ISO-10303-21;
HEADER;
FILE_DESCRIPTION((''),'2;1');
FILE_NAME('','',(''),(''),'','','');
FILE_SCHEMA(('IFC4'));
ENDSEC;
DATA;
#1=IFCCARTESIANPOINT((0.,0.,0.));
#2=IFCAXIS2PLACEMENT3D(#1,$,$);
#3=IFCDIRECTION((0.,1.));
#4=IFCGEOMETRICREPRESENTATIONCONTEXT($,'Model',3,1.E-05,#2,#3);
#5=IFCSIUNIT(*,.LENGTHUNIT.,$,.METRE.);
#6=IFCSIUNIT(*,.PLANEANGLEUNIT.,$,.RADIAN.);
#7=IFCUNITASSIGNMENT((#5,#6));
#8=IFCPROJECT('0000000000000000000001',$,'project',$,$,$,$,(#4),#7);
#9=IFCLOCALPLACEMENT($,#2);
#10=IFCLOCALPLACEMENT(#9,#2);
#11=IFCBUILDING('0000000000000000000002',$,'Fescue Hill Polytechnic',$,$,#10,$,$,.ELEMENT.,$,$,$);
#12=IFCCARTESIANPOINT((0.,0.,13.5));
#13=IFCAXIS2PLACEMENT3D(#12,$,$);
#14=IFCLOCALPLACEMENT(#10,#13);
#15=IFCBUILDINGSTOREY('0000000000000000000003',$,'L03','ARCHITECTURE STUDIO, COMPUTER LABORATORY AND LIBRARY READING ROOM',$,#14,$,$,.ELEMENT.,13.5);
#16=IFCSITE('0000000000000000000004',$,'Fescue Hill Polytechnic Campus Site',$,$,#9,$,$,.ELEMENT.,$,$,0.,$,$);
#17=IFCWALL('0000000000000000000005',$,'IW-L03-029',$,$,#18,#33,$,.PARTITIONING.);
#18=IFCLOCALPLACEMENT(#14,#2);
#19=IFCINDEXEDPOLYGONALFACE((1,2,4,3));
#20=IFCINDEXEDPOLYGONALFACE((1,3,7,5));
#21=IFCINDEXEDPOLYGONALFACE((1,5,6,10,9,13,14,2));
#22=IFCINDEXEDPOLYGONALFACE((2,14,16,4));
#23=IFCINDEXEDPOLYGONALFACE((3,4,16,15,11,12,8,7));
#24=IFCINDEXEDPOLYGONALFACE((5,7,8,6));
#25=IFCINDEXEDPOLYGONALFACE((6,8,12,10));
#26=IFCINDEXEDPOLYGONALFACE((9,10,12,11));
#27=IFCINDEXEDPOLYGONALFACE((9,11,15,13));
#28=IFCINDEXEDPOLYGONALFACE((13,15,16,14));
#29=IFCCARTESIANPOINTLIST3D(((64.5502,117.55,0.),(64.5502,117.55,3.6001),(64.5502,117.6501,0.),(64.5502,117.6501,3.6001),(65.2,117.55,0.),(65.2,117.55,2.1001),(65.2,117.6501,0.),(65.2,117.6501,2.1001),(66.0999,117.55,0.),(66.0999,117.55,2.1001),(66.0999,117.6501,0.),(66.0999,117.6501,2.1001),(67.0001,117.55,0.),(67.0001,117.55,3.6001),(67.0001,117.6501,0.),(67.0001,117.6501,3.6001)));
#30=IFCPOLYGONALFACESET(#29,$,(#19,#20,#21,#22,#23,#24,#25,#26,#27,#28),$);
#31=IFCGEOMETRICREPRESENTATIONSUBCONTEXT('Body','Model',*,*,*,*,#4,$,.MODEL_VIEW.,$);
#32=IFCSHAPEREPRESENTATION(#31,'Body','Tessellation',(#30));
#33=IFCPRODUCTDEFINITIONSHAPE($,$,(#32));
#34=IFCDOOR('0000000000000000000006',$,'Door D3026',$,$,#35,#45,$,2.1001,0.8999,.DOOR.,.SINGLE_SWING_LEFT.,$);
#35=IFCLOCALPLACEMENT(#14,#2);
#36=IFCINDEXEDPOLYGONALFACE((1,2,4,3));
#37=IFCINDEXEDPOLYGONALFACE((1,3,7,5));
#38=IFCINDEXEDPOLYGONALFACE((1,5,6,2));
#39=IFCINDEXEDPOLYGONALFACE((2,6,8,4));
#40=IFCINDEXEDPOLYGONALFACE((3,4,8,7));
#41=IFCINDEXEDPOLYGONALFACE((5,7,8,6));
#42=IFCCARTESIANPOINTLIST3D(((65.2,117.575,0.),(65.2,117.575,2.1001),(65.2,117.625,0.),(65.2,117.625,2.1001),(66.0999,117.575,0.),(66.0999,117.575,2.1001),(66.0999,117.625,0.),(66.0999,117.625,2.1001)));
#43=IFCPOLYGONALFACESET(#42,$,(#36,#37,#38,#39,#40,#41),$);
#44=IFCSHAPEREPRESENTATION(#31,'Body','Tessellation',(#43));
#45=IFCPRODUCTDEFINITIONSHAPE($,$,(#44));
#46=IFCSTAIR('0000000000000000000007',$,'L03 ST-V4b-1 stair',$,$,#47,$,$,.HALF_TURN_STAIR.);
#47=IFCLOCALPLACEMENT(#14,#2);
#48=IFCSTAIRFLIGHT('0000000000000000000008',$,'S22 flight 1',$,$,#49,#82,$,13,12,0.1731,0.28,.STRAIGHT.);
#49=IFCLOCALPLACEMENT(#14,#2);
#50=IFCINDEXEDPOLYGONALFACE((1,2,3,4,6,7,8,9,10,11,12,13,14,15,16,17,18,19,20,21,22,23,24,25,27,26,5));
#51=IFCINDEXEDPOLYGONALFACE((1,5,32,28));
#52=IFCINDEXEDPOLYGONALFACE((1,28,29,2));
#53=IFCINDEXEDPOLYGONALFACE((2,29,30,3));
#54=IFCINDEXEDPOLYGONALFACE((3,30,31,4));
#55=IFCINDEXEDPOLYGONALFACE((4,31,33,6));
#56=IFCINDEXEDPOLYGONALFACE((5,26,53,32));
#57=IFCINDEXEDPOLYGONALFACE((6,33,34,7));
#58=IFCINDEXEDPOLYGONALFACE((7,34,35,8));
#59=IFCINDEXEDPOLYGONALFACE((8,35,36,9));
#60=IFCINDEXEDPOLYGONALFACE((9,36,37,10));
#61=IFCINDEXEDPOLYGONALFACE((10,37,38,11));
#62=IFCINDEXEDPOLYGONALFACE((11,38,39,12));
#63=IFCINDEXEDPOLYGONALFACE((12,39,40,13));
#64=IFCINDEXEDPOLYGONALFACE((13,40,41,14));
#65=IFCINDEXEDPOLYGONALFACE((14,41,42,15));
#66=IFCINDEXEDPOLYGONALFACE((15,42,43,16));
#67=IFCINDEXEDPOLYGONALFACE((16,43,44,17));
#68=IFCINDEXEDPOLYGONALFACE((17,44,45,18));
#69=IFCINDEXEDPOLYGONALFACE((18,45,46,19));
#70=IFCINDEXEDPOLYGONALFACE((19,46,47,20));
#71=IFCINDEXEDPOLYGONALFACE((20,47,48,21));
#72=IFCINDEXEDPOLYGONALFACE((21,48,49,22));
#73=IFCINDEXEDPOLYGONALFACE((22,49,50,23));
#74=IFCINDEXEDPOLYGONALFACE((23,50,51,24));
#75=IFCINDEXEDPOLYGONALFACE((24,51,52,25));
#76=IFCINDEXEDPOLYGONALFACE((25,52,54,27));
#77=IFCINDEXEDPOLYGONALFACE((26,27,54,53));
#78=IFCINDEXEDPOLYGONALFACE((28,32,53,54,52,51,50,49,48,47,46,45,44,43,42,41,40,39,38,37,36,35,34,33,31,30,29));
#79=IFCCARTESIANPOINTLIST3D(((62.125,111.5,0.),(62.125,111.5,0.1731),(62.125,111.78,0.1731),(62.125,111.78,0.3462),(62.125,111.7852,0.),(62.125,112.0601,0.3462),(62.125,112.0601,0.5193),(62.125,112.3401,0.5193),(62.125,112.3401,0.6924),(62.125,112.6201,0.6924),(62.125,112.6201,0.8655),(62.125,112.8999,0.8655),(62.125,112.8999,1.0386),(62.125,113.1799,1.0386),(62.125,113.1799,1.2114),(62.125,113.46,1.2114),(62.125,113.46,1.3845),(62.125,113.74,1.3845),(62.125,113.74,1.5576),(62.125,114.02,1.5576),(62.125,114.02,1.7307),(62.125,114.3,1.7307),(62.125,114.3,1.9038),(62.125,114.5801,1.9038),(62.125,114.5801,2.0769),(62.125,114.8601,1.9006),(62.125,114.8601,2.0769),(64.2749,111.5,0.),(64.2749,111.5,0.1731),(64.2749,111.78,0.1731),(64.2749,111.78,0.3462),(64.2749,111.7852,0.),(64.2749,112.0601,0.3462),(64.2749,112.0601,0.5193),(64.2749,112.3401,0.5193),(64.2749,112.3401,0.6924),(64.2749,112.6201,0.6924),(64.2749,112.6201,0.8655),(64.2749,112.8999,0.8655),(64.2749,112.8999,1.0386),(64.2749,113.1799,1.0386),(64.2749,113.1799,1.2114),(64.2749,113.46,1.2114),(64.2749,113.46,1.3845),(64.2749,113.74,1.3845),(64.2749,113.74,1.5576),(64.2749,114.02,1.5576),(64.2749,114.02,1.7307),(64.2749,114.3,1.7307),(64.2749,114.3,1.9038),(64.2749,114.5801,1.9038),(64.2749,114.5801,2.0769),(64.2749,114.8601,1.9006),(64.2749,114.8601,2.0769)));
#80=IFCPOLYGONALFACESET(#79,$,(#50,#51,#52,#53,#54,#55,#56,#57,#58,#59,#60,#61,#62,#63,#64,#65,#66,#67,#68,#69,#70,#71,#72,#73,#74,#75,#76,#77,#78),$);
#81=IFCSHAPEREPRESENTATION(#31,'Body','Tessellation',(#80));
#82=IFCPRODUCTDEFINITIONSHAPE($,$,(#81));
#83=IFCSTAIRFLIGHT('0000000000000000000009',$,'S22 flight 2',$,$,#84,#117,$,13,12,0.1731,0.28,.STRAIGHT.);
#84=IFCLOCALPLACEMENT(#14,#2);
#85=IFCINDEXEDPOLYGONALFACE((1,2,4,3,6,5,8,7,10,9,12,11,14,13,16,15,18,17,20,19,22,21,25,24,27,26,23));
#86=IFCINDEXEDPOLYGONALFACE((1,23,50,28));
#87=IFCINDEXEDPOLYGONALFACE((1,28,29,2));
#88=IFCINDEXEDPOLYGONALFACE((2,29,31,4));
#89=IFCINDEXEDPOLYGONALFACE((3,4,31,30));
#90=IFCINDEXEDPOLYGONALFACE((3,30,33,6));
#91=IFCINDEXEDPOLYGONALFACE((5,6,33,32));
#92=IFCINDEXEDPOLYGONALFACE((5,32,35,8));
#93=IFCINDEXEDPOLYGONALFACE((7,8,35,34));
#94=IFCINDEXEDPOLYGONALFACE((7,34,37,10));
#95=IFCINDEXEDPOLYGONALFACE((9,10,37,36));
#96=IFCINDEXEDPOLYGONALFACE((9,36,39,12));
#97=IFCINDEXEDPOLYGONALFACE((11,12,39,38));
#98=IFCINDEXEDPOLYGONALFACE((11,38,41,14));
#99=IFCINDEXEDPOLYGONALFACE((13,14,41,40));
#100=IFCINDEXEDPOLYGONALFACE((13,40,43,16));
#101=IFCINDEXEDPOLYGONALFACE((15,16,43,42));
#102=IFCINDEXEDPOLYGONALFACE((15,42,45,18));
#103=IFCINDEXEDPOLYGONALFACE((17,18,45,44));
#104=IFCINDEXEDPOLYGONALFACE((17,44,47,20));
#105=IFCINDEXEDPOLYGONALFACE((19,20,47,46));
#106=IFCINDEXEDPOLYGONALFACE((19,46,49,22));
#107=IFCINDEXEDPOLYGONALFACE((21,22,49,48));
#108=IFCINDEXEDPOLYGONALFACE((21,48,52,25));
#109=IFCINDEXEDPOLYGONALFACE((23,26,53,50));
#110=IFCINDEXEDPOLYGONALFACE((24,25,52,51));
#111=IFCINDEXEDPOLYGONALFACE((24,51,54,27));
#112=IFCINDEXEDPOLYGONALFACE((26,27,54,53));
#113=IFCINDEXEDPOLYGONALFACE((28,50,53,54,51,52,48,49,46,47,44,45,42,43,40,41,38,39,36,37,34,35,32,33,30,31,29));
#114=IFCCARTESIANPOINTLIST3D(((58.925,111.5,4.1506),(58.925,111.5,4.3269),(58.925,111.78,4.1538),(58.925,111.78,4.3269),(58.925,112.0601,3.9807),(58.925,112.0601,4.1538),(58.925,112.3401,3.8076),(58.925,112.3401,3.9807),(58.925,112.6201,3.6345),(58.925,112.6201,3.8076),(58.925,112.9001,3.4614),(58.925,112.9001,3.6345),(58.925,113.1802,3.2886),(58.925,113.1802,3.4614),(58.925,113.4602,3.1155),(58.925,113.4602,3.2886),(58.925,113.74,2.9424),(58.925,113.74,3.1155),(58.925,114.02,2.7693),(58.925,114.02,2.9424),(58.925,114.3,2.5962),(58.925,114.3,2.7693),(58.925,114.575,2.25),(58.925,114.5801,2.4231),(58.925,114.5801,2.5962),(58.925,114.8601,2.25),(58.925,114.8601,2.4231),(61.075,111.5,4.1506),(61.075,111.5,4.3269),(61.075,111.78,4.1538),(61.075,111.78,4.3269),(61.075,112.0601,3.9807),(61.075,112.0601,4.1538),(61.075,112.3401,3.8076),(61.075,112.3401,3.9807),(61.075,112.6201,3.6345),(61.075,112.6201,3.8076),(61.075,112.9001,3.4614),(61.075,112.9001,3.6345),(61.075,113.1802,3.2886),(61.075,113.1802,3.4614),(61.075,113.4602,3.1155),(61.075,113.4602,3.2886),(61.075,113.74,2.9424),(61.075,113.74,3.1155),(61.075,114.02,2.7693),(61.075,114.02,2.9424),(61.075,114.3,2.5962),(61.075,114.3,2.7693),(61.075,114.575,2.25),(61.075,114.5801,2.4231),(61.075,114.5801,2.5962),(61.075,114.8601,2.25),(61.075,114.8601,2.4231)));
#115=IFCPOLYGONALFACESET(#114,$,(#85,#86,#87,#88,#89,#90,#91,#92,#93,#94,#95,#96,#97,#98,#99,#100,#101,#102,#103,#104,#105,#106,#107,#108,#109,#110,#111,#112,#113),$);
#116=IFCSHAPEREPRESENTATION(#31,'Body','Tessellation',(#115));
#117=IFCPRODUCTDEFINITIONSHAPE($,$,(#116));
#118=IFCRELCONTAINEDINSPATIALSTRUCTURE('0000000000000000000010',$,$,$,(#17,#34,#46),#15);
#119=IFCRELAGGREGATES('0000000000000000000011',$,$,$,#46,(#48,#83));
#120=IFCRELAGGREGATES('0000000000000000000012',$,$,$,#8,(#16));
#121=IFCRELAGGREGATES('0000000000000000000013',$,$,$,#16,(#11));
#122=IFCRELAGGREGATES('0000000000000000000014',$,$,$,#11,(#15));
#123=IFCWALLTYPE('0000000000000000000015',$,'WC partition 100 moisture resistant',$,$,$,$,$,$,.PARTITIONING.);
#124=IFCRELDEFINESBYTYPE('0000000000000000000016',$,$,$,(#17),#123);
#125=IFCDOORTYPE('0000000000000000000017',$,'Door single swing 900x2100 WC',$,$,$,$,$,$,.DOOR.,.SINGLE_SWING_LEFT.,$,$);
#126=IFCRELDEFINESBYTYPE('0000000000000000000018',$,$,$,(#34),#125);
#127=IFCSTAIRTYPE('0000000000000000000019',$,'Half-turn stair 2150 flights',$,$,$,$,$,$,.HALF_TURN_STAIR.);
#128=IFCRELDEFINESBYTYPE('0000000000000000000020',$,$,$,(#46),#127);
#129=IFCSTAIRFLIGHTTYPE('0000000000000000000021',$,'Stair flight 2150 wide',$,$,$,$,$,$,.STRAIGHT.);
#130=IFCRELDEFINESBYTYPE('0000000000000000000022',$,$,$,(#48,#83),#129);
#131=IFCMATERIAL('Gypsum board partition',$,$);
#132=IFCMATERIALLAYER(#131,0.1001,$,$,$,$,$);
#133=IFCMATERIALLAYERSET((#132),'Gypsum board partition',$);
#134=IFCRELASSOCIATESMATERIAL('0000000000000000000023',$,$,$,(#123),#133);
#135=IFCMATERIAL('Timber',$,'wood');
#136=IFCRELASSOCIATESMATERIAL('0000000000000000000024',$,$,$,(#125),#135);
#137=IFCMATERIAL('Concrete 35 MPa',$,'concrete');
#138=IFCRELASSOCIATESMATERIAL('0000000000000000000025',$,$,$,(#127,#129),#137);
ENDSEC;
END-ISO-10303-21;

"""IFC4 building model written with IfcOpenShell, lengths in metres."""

from ifc_helpers import new_model, si_unit, direction, frame, frame_2d, origin, place, context, subcontext, project, spatial, polyline, rectangle, outline, extrude, material, layer, layer_set, type_object, element, fill, aggregate, save


model = new_model("IFC4")

# Units and contexts
model_context = context("Model", 3, precision=1e-05, world=origin(), true_north=direction((0.0, 1.0)))
body_context = subcontext(model_context, "Body", "Model", "MODEL_VIEW")
ifc_project = project(units=[si_unit("LENGTHUNIT", "METRE"), si_unit("PLANEANGLEUNIT", "RADIAN")], contexts=[model_context])

# Site, building, storey
site_placement = place(None, origin())
site = spatial("IfcSite", under=ifc_project, at=site_placement, Name="Fescue Hill Polytechnic Campus Site", CompositionType="ELEMENT", RefElevation=0.0)
building_placement = place(site_placement, origin())
building = spatial("IfcBuilding", under=site, at=building_placement, Name="Fescue Hill Polytechnic", CompositionType="ELEMENT")
storey_placement = place(building_placement, frame((0.0, 0.0, 13.5)))
storey = spatial("IfcBuildingStorey", under=building, at=storey_placement, Name="L03", Description="ARCHITECTURE STUDIO, COMPUTER LABORATORY AND LIBRARY READING ROOM", CompositionType="ELEMENT", Elevation=13.5)

# Shared definitions
ifc_material_1 = material(Name="Concrete 35 MPa", Category="concrete")

# Wall, opening, door
ifc_material_2 = material(Name="Gypsum board partition")
ifc_layer_1 = layer(ifc_material_2, 0.1001)
ifc_layer_set_1 = layer_set([ifc_layer_1], Name="Gypsum board partition")
wall_type_1 = type_object("IfcWallType", Name="WC partition 100 moisture resistant", PredefinedType="PARTITIONING", material=ifc_layer_set_1)
wall_1_placement = place(storey_placement, frame((64.55, 117.6001, 0.0), z_axis=(0.0, 0.0, 1.0), x_axis=(1.0, 0.0, 0.0)))
wall_1 = element("IfcWall", 1, at=wall_1_placement, inside=storey, type_object=wall_type_1, Name="IW-L03-029", PredefinedType="PARTITIONING", context=body_context, shape_type="SweptSolid", body=[
    extrude(rectangle(XDim=2.45, YDim=0.1001, at=frame_2d((1.2251, 0.0))), origin(), (0.0, 0.0, 1.0), 3.6001),
])
opening_1_placement = place(wall_1_placement, frame((0.6499, 0.0, 0.0)))
opening_1 = element("IfcOpeningElement", 2, at=opening_1_placement, cuts=wall_1, PredefinedType="OPENING", context=body_context, shape_type="SweptSolid", body=[
    extrude(rectangle(XDim=0.8999, YDim=2.1001, at=frame_2d((0.45, 1.05))), frame((0.0, 0.0601, 0.0), z_axis=(0.0, -1.0, 0.0), x_axis=(1.0, 0.0, 0.0)), (0.0, 0.0, 1.0), 0.1201),
])
ifc_material_3 = material(Name="Timber", Category="wood")
door_type_1 = type_object("IfcDoorType", Name="Door single swing 900x2100 WC", OperationType="SINGLE_SWING_LEFT", PredefinedType="DOOR", material=ifc_material_3)
door_1_placement = place(opening_1_placement, origin())
door_1 = element("IfcDoor", 3, at=door_1_placement, inside=storey, type_object=door_type_1, Name="Door D3026", OperationType="SINGLE_SWING_LEFT", OverallHeight=2.1001, OverallWidth=0.8999, PredefinedType="DOOR", context=body_context, shape_type="SweptSolid", body=[
    extrude(rectangle(XDim=0.8999, YDim=2.1001, at=frame_2d((0.45, 1.05))), frame((0.0, 0.0249, 0.0), z_axis=(0.0, -1.0, 0.0), x_axis=(1.0, 0.0, 0.0)), (0.0, 0.0, 1.0), 0.05),
])
fill(opening_1, door_1)

# Stair, stair flights
stair_type = type_object("IfcStairType", Name="Half-turn stair 2150 flights", PredefinedType="HALF_TURN_STAIR", material=ifc_material_1)
stair_placement = place(storey_placement, origin())
stair = element("IfcStair", 4, at=stair_placement, inside=storey, type_object=stair_type, Name="L03 ST-V4b-1 stair", PredefinedType="HALF_TURN_STAIR")
stair_flight_type = type_object("IfcStairFlightType", Name="Stair flight 2150 wide", PredefinedType="STRAIGHT", material=ifc_material_1)
stair_flight_1_placement = place(storey_placement, frame((63.2, 111.5, 0.0), z_axis=(0.0, 0.0, 1.0), x_axis=(0.0, 1.0, 0.0)))
stair_flight_1 = element("IfcStairFlight", 5, at=stair_flight_1_placement, type_object=stair_flight_type, Name="S22 flight 1", NumberOfRisers=13, NumberOfTreads=12, PredefinedType="STRAIGHT", RiserHeight=0.1731, TreadLength=0.28, context=body_context, shape_type="SweptSolid", body=[
    extrude(outline(polyline([(0.0, 0.0), (0.0, 0.1731), (0.28, 0.1731), (0.28, 0.3462), (0.5601, 0.3462), (0.5601, 0.5193), (0.8401, 0.5193), (0.8401, 0.6924), (1.1201, 0.6924), (1.1201, 0.8655), (1.3999, 0.8655), (1.3999, 1.0386), (1.6799, 1.0386), (1.6799, 1.2114), (1.96, 1.2114), (1.96, 1.3845), (2.24, 1.3845), (2.24, 1.5576), (2.52, 1.5576), (2.52, 1.7307), (2.8, 1.7307), (2.8, 1.9038), (3.0801, 1.9038), (3.0801, 2.0769), (3.3601, 2.0769), (3.3601, 2.25), (3.3601, 1.9006), (0.2852, 0.0), (0.0, 0.0)])), frame((0.0, 1.075, 0.0), z_axis=(0.0, -1.0, 0.0), x_axis=(1.0, 0.0, 0.0)), (0.0, 0.0, 1.0), 2.1499),
])
stair_flight_2_placement = place(storey_placement, frame((60.0, 114.8601, 2.25), z_axis=(0.0, 0.0, 1.0), x_axis=(0.0, -1.0, 0.0)))
stair_flight_2 = element("IfcStairFlight", 6, at=stair_flight_2_placement, type_object=stair_flight_type, Name="S22 flight 2", NumberOfRisers=13, NumberOfTreads=12, PredefinedType="STRAIGHT", RiserHeight=0.1731, TreadLength=0.28, context=body_context, shape_type="SweptSolid", body=[
    extrude(outline(polyline([(0.0, 0.0), (0.0, 0.1731), (0.28, 0.1731), (0.28, 0.3462), (0.5601, 0.3462), (0.5601, 0.5193), (0.8401, 0.5193), (0.8401, 0.6924), (1.1201, 0.6924), (1.1201, 0.8655), (1.3999, 0.8655), (1.3999, 1.0386), (1.6799, 1.0386), (1.6799, 1.2114), (1.96, 1.2114), (1.96, 1.3845), (2.24, 1.3845), (2.24, 1.5576), (2.52, 1.5576), (2.52, 1.7307), (2.8, 1.7307), (2.8, 1.9038), (3.0801, 1.9038), (3.0801, 2.0769), (3.3601, 2.0769), (3.3601, 2.25), (3.3601, 1.9006), (0.2852, 0.0), (0.0, 0.0)])), frame((0.0, 1.075, 0.0), z_axis=(0.0, -1.0, 0.0), x_axis=(1.0, 0.0, 0.0)), (0.0, 0.0, 1.0), 2.1499),
])
aggregate(stair, [stair_flight_1, stair_flight_2])

save(model, "model.ifc")
